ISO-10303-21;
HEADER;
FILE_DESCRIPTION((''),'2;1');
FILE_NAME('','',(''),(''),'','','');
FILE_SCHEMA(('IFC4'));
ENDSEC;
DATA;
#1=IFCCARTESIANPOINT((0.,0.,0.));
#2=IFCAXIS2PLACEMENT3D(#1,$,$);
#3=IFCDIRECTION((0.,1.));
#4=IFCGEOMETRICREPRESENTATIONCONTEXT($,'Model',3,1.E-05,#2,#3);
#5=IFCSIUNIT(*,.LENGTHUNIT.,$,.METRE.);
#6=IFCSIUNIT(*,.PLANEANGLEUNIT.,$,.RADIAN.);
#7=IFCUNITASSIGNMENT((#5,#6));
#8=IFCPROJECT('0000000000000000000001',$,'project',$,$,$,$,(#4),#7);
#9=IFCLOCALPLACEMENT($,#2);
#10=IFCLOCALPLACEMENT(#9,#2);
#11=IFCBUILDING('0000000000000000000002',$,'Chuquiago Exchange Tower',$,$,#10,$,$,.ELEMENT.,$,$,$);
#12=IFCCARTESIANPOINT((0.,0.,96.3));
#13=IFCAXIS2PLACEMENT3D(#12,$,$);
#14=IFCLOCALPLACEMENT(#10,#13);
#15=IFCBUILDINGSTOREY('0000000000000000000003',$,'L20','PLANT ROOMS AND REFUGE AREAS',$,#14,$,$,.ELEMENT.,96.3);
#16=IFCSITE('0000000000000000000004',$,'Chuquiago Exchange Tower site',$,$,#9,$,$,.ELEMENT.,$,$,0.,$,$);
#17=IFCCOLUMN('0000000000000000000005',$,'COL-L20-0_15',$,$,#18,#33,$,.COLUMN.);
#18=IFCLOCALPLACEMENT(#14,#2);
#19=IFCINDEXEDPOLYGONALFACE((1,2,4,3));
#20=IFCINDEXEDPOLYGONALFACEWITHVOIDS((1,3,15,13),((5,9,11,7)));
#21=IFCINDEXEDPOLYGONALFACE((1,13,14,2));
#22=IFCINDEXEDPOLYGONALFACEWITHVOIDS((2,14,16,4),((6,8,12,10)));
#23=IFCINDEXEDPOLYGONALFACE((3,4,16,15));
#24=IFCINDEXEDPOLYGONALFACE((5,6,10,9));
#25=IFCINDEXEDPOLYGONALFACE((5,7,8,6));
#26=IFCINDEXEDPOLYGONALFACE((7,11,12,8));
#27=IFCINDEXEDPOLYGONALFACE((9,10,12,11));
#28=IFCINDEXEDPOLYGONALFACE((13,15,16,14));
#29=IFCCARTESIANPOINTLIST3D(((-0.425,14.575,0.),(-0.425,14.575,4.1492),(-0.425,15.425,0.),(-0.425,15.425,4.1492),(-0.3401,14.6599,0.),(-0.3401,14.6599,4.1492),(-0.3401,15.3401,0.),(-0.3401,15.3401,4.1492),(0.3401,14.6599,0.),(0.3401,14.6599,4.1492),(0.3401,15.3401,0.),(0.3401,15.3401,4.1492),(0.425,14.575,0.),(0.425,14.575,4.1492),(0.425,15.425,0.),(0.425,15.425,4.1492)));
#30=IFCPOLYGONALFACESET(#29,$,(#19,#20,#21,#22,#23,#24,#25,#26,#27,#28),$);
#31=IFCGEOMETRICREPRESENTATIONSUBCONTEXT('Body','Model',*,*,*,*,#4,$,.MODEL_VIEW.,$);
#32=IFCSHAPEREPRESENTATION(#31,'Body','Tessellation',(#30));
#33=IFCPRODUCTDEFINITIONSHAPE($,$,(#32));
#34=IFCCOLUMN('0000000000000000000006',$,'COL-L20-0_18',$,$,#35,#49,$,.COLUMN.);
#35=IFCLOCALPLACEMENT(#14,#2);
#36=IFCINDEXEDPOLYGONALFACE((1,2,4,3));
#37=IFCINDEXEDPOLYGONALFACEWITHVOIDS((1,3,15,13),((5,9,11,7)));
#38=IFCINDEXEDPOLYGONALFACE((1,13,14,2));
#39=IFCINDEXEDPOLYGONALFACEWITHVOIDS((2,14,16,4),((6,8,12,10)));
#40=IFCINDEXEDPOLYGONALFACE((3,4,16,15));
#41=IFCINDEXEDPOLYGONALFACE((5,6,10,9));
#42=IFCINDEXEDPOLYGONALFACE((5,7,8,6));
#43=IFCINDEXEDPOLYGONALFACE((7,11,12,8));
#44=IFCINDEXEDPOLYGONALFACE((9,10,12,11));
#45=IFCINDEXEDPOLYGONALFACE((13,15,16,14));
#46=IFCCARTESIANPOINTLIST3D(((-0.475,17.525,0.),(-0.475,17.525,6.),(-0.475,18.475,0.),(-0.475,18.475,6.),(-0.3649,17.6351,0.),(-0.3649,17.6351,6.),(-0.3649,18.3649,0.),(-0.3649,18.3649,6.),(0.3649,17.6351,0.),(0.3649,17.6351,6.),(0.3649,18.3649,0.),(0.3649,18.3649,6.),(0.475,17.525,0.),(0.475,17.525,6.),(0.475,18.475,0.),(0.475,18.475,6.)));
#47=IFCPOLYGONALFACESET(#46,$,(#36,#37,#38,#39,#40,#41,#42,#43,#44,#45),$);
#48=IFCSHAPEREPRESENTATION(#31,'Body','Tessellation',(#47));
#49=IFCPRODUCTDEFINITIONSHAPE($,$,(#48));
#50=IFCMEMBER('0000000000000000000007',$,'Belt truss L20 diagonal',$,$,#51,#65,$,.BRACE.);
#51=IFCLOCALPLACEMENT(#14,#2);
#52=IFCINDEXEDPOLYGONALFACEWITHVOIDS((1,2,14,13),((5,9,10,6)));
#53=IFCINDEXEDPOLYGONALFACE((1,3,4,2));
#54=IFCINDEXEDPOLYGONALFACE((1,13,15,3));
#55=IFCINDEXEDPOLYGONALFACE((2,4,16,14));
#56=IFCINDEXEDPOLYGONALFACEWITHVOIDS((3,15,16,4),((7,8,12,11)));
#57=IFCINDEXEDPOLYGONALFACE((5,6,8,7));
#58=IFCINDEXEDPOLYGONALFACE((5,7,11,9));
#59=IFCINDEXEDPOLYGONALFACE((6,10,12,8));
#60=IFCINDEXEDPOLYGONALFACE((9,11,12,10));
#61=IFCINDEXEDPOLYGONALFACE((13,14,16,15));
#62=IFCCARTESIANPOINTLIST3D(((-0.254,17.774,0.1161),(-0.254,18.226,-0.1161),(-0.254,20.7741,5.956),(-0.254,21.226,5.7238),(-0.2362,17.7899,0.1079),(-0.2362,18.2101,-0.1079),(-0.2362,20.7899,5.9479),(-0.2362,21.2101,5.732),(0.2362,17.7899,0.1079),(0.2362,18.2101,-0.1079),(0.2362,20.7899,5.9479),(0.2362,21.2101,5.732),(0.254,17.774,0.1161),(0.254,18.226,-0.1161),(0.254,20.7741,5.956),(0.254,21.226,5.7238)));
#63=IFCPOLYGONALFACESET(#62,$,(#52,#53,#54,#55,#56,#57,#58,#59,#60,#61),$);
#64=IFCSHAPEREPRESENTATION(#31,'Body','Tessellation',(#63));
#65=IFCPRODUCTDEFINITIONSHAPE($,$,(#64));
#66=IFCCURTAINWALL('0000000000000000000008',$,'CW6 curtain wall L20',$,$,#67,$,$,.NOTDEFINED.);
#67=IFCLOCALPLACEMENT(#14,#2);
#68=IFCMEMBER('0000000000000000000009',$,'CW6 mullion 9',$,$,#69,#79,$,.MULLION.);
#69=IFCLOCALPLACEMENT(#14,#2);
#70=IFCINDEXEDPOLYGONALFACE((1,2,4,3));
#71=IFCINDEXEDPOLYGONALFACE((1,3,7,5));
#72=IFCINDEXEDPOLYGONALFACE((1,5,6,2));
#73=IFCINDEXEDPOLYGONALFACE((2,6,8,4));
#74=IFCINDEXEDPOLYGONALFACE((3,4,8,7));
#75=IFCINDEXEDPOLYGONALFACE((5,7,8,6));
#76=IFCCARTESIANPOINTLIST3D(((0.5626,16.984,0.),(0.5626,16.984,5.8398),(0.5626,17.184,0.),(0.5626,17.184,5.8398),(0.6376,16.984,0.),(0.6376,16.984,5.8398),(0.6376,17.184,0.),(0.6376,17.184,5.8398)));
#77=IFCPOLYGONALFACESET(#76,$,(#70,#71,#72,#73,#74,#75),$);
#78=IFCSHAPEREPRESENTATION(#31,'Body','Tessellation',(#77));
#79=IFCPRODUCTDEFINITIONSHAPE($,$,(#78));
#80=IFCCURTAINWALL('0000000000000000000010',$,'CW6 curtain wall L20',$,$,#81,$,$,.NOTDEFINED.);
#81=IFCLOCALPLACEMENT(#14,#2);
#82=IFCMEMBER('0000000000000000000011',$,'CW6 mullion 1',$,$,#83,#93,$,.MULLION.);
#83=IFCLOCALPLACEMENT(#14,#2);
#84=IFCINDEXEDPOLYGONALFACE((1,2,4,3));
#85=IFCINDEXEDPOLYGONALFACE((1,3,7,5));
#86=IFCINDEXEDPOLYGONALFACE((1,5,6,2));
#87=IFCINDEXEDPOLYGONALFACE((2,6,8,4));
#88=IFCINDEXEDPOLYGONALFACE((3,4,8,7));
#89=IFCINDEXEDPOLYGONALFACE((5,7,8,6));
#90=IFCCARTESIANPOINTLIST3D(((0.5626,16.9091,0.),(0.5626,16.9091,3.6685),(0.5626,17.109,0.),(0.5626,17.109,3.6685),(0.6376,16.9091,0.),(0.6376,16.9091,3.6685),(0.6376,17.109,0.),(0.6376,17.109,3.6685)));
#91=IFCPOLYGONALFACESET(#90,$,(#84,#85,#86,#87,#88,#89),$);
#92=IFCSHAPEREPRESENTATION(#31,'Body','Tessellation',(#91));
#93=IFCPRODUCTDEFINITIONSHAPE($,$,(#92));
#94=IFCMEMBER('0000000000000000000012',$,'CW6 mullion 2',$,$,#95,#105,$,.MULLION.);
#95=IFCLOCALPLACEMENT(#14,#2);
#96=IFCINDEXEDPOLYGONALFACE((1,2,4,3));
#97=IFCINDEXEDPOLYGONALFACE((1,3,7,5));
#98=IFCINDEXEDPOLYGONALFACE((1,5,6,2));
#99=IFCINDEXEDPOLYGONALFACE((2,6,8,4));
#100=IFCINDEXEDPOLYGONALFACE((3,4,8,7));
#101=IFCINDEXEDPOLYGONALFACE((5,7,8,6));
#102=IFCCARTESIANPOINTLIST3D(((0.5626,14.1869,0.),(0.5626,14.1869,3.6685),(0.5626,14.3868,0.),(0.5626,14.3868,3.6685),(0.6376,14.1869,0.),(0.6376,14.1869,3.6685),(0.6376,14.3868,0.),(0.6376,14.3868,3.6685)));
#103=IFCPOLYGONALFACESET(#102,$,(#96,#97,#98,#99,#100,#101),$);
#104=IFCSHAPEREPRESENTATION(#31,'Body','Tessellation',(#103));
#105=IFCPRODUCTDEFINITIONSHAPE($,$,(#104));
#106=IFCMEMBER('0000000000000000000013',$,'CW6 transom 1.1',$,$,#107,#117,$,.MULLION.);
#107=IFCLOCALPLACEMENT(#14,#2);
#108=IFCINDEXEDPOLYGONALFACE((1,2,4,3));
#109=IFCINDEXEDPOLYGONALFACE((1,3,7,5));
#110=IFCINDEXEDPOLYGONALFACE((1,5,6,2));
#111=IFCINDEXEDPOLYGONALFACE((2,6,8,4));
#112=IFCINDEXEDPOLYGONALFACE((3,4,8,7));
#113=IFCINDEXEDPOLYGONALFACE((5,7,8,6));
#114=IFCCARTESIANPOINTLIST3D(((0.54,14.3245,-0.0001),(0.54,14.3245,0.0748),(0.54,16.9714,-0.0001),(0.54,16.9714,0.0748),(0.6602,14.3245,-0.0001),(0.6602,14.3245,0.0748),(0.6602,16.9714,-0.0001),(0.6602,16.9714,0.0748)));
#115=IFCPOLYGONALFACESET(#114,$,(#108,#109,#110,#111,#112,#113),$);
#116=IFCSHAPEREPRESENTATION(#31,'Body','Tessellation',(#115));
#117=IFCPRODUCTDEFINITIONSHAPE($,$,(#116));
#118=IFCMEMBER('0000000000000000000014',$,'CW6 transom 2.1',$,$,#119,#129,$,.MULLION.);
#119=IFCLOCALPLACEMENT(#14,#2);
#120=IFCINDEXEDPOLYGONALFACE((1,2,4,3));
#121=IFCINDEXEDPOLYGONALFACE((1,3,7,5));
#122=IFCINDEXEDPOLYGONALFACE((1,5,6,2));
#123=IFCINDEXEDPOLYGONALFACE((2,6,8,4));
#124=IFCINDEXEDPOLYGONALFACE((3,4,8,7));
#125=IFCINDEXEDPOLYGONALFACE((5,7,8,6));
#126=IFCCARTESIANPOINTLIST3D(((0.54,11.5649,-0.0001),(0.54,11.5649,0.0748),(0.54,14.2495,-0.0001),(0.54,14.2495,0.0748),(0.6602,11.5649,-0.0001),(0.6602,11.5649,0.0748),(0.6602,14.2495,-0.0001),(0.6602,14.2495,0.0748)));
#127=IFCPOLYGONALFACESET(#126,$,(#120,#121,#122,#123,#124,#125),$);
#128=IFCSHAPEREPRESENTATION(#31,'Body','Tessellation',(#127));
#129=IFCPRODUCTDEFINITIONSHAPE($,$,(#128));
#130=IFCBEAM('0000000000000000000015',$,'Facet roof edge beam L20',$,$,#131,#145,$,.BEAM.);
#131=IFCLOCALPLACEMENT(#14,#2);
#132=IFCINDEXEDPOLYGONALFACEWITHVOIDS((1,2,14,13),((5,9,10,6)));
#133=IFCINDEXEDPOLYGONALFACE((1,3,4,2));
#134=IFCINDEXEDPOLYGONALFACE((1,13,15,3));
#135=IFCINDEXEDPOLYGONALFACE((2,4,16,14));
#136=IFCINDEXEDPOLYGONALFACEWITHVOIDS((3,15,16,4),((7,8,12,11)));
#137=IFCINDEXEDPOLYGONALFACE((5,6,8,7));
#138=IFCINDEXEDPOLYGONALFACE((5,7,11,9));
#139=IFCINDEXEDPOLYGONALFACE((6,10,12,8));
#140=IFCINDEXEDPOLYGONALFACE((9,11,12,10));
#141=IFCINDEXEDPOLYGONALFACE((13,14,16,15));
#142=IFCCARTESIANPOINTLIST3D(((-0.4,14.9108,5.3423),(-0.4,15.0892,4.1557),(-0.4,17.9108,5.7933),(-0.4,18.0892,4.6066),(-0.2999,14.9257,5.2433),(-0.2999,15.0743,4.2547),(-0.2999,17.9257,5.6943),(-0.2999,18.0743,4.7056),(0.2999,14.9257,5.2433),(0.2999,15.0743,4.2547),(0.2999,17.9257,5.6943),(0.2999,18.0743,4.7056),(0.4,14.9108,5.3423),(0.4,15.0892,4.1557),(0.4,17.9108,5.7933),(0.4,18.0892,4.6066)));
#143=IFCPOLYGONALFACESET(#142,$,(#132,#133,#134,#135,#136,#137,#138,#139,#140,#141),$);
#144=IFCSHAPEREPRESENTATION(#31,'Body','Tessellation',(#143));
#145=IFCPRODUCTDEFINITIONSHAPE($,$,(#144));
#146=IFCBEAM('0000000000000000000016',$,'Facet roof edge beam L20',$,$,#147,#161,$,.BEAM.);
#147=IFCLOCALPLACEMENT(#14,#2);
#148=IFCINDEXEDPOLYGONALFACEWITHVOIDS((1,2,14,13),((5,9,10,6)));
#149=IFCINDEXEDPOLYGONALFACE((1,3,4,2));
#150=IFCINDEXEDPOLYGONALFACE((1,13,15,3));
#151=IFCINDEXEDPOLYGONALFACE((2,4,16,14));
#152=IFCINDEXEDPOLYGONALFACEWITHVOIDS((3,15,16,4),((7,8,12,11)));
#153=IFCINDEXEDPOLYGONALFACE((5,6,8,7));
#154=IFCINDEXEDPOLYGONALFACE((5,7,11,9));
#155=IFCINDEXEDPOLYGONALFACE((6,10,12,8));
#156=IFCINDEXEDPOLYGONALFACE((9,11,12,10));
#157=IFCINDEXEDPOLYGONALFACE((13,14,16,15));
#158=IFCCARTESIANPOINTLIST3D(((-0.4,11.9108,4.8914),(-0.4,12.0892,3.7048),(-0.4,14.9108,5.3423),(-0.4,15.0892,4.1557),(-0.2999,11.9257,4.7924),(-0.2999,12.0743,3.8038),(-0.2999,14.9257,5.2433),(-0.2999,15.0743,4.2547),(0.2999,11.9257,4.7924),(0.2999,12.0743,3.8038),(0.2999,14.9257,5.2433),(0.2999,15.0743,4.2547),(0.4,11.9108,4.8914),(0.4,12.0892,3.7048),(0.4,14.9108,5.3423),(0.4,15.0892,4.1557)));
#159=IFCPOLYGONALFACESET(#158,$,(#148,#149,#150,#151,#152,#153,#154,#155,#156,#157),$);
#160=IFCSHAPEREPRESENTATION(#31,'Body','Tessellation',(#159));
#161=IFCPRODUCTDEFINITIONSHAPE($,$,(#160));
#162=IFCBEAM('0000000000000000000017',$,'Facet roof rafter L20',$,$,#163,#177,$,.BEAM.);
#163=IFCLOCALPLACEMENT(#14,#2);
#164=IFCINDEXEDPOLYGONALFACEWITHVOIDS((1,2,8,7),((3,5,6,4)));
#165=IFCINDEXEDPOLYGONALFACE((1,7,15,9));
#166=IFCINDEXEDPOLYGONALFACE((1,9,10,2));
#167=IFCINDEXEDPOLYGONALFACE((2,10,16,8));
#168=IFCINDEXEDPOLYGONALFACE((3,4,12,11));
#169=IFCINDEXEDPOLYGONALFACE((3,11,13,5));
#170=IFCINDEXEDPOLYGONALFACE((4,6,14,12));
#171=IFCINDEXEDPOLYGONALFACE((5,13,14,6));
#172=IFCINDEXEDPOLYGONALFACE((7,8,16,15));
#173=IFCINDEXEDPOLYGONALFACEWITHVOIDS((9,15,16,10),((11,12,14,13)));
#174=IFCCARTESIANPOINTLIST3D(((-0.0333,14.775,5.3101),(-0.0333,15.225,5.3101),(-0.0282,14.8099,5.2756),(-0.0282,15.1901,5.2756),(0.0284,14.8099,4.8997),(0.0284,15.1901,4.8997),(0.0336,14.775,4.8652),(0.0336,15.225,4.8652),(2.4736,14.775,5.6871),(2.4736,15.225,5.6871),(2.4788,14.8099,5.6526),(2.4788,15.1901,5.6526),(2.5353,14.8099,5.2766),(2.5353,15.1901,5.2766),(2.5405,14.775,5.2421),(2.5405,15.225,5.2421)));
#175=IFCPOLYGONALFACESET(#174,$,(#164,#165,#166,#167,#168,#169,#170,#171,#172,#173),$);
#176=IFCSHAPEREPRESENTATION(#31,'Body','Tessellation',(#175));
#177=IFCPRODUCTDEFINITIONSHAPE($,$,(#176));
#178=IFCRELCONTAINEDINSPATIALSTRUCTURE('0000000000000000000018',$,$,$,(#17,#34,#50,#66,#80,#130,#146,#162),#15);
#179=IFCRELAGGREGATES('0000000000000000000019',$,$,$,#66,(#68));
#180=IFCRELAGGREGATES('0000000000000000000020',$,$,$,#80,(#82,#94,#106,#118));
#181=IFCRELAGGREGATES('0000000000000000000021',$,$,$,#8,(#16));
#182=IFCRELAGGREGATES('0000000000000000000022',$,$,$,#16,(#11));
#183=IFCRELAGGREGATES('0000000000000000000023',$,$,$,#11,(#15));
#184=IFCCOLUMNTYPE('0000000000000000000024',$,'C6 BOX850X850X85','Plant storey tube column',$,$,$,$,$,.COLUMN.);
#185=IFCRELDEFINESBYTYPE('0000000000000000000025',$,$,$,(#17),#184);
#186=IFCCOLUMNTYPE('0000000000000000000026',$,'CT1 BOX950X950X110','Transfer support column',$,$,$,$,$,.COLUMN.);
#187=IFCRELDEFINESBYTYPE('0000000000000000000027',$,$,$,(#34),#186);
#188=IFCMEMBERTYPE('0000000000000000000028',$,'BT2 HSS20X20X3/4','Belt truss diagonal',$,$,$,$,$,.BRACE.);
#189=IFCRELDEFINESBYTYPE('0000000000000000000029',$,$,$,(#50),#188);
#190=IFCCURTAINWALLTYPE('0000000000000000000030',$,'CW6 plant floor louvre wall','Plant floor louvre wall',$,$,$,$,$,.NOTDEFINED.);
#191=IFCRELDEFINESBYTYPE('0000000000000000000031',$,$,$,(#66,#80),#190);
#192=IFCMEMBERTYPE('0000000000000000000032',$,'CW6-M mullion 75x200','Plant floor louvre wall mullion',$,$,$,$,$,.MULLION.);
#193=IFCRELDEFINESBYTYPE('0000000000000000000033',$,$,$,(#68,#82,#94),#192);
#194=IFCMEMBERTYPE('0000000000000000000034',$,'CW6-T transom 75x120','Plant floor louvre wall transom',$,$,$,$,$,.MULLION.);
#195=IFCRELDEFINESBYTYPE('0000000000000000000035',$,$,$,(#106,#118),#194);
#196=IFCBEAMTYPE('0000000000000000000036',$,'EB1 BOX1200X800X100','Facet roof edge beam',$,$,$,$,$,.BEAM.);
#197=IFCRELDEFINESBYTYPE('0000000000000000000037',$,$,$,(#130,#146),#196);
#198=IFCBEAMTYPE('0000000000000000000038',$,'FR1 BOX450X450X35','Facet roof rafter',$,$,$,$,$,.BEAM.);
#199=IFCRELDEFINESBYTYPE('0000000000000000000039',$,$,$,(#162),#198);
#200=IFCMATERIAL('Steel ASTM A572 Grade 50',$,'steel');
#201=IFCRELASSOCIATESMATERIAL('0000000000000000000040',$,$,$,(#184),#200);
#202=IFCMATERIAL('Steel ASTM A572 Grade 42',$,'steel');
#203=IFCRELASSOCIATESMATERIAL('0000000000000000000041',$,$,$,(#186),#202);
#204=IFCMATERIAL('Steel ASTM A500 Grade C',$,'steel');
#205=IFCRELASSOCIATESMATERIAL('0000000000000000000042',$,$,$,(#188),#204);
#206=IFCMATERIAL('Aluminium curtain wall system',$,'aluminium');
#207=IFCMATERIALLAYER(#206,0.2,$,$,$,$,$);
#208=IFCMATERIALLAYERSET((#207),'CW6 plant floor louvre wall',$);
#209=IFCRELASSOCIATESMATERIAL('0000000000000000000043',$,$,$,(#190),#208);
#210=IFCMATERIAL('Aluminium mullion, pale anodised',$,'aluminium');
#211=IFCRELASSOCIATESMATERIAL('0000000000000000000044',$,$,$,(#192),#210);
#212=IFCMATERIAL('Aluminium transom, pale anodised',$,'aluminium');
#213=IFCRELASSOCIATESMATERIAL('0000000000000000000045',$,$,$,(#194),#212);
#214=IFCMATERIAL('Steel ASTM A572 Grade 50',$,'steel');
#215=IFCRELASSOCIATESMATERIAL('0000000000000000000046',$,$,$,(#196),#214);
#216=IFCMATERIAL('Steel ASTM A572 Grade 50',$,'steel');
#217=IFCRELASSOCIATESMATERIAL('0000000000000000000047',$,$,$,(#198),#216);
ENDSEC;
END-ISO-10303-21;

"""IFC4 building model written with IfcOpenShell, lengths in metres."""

from ifc_helpers import new_model, si_unit, direction, frame, origin, origin_2d, place, context, subcontext, project, spatial, rectangle, hollow_rectangle, extrude, material, layer, layer_set, material_profile, profile_set, type_object, element, aggregate, save


model = new_model("IFC4")

# Units and contexts
model_context = context("Model", 3, precision=1e-05, world=origin(), true_north=direction((0.0, 1.0)))
body_context = subcontext(model_context, "Body", "Model", "MODEL_VIEW")
ifc_project = project(units=[si_unit("LENGTHUNIT", "METRE"), si_unit("PLANEANGLEUNIT", "RADIAN")], contexts=[model_context])

# Site, building, storey
site_placement = place(None, origin())
site = spatial("IfcSite", under=ifc_project, at=site_placement, Name="Chuquiago Exchange Tower site", CompositionType="ELEMENT", RefElevation=0.0)
building_placement = place(site_placement, origin())
building = spatial("IfcBuilding", under=site, at=building_placement, Name="Chuquiago Exchange Tower", CompositionType="ELEMENT")
storey_placement = place(building_placement, frame((0.0, 0.0, 96.3)))
storey = spatial("IfcBuildingStorey", under=building, at=storey_placement, Name="L20", Description="PLANT ROOMS AND REFUGE AREAS", CompositionType="ELEMENT", Elevation=96.3)

# Columns
ifc_material_1 = material(Name="Steel ASTM A572 Grade 50", Category="steel")
ifc_material_profile_1 = material_profile(ifc_material_1, hollow_rectangle(XDim=0.8501, YDim=0.8501, WallThickness=0.085, at=origin_2d()), Name="BOX850X850X85")
ifc_profile_set_1 = profile_set([ifc_material_profile_1], Name="Steel ASTM A572 Grade 50")
column_type_1 = type_object("IfcColumnType", Name="C6 BOX850X850X85", Description="Plant storey tube column", PredefinedType="COLUMN", material=ifc_profile_set_1)
column_1_placement = place(storey_placement, frame((0.0, 15.0, 0.0), z_axis=(0.0, 0.0, 1.0), x_axis=(-1.0, 0.0, 0.0)))
element("IfcColumn", 1, at=column_1_placement, inside=storey, type_object=column_type_1, Name="COL-L20-0_15", PredefinedType="COLUMN", context=body_context, shape_type="SweptSolid", body=[
    extrude(hollow_rectangle(XDim=0.8501, YDim=0.8501, WallThickness=0.085, at=origin_2d()), origin(), (0.0, 0.0, 1.0), 4.1492),
])
ifc_material_2 = material(Name="Steel ASTM A572 Grade 42", Category="steel")
ifc_material_profile_2 = material_profile(ifc_material_2, hollow_rectangle(XDim=0.95, YDim=0.95, WallThickness=0.1101, at=origin_2d()), Name="BOX950X950X110")
ifc_profile_set_2 = profile_set([ifc_material_profile_2], Name="Steel ASTM A572 Grade 42")
column_type_2 = type_object("IfcColumnType", Name="CT1 BOX950X950X110", Description="Transfer support column", PredefinedType="COLUMN", material=ifc_profile_set_2)
column_2_placement = place(storey_placement, frame((0.0, 18.0, 0.0), z_axis=(0.0, 0.0, 1.0), x_axis=(-1.0, 0.0, 0.0)))
element("IfcColumn", 2, at=column_2_placement, inside=storey, type_object=column_type_2, Name="COL-L20-0_18", PredefinedType="COLUMN", context=body_context, shape_type="SweptSolid", body=[
    extrude(hollow_rectangle(XDim=0.95, YDim=0.95, WallThickness=0.1101, at=origin_2d()), origin(), (0.0, 0.0, 1.0), 6.0),
])

# Member
ifc_material_3 = material(Name="Steel ASTM A500 Grade C", Category="steel")
ifc_material_profile_3 = material_profile(ifc_material_3, hollow_rectangle(XDim=0.5081, YDim=0.5081, WallThickness=0.0178, at=origin_2d()), Name="HSS20X20X3/4")
ifc_profile_set_3 = profile_set([ifc_material_profile_3], Name="Steel ASTM A500 Grade C")
member_type_1 = type_object("IfcMemberType", Name="BT2 HSS20X20X3/4", Description="Belt truss diagonal", PredefinedType="BRACE", material=ifc_profile_set_3)
member_1_placement = place(storey_placement, frame((0.0, 18.0, 0.0), z_axis=(0.0, 0.456945, 0.889495), x_axis=(-1.0, 0.0, 0.0)))
element("IfcMember", 3, at=member_1_placement, inside=storey, type_object=member_type_1, Name="Belt truss L20 diagonal", PredefinedType="BRACE", context=body_context, shape_type="SweptSolid", body=[
    extrude(hollow_rectangle(XDim=0.5081, YDim=0.5081, WallThickness=0.0178, at=origin_2d()), origin(), (0.0, 0.0, 1.0), 6.5654),
])

# Curtain wall, member
ifc_material_4 = material(Name="Aluminium curtain wall system", Category="aluminium")
ifc_layer_1 = layer(ifc_material_4, 0.2)
ifc_layer_set_1 = layer_set([ifc_layer_1], Name="CW6 plant floor louvre wall")
curtain_wall_type = type_object("IfcCurtainWallType", Name="CW6 plant floor louvre wall", Description="Plant floor louvre wall", PredefinedType="NOTDEFINED", material=ifc_layer_set_1)
curtain_wall_1_placement = place(storey_placement, origin())
curtain_wall_1 = element("IfcCurtainWall", 4, at=curtain_wall_1_placement, inside=storey, type_object=curtain_wall_type, Name="CW6 curtain wall L20", PredefinedType="NOTDEFINED")
ifc_material_5 = material(Name="Aluminium mullion, pale anodised", Category="aluminium")
ifc_material_profile_4 = material_profile(ifc_material_5, rectangle(XDim=0.075, YDim=0.2, at=origin_2d()), Name="AL 75x200")
ifc_profile_set_4 = profile_set([ifc_material_profile_4], Name="Aluminium mullion, pale anodised")
member_type_2 = type_object("IfcMemberType", Name="CW6-M mullion 75x200", Description="Plant floor louvre wall mullion", PredefinedType="MULLION", material=ifc_profile_set_4)
member_2_placement = place(storey_placement, frame((0.6001, 17.084, 0.0), z_axis=(0.0, 0.0, 1.0), x_axis=(1.0, 0.0, 0.0)))
member_2 = element("IfcMember", 5, at=member_2_placement, type_object=member_type_2, Name="CW6 mullion 9", PredefinedType="MULLION", context=body_context, shape_type="SweptSolid", body=[
    extrude(rectangle(XDim=0.075, YDim=0.2, at=origin_2d()), origin(), (0.0, 0.0, 1.0), 5.8398),
])
aggregate(curtain_wall_1, [member_2])

# Curtain wall, members
curtain_wall_2_placement = place(storey_placement, origin())
curtain_wall_2 = element("IfcCurtainWall", 6, at=curtain_wall_2_placement, inside=storey, type_object=curtain_wall_type, Name="CW6 curtain wall L20", PredefinedType="NOTDEFINED")
member_3_placement = place(storey_placement, frame((0.6001, 17.009, 0.0), z_axis=(0.0, 0.0, 1.0), x_axis=(1.0, 0.0, 0.0)))
member_3 = element("IfcMember", 7, at=member_3_placement, type_object=member_type_2, Name="CW6 mullion 1", PredefinedType="MULLION", context=body_context, shape_type="SweptSolid", body=[
    extrude(rectangle(XDim=0.075, YDim=0.2, at=origin_2d()), origin(), (0.0, 0.0, 1.0), 3.6685),
])
member_4_placement = place(storey_placement, frame((0.6001, 14.2869, 0.0), z_axis=(0.0, 0.0, 1.0), x_axis=(1.0, 0.0, 0.0)))
member_4 = element("IfcMember", 8, at=member_4_placement, type_object=member_type_2, Name="CW6 mullion 2", PredefinedType="MULLION", context=body_context, shape_type="SweptSolid", body=[
    extrude(rectangle(XDim=0.075, YDim=0.2, at=origin_2d()), origin(), (0.0, 0.0, 1.0), 3.6685),
])
ifc_material_6 = material(Name="Aluminium transom, pale anodised", Category="aluminium")
ifc_material_profile_5 = material_profile(ifc_material_6, rectangle(XDim=0.1201, YDim=0.075, at=origin_2d()), Name="AL 120x75")
ifc_profile_set_5 = profile_set([ifc_material_profile_5], Name="Aluminium transom, pale anodised")
member_type_3 = type_object("IfcMemberType", Name="CW6-T transom 75x120", Description="Plant floor louvre wall transom", PredefinedType="MULLION", material=ifc_profile_set_5)
member_5_placement = place(storey_placement, frame((0.6001, 16.9714, 0.0374), z_axis=(0.0, -1.0, 0.0), x_axis=(1.0, 0.0, 0.0)))
member_5 = element("IfcMember", 9, at=member_5_placement, type_object=member_type_3, Name="CW6 transom 1.1", PredefinedType="MULLION", context=body_context, shape_type="SweptSolid", body=[
    extrude(rectangle(XDim=0.1201, YDim=0.075, at=origin_2d()), origin(), (0.0, 0.0, 1.0), 2.647),
])
member_6_placement = place(storey_placement, frame((0.6001, 14.2495, 0.0374), z_axis=(0.0, -1.0, 0.0), x_axis=(1.0, 0.0, 0.0)))
member_6 = element("IfcMember", 10, at=member_6_placement, type_object=member_type_3, Name="CW6 transom 2.1", PredefinedType="MULLION", context=body_context, shape_type="SweptSolid", body=[
    extrude(rectangle(XDim=0.1201, YDim=0.075, at=origin_2d()), origin(), (0.0, 0.0, 1.0), 2.6846),
])

# Beams
ifc_material_7 = material(Name="Steel ASTM A572 Grade 50", Category="steel")
ifc_material_profile_6 = material_profile(ifc_material_7, hollow_rectangle(XDim=0.8, YDim=1.2, WallThickness=0.1001, at=origin_2d()), Name="BOX1200X800X100")
ifc_profile_set_6 = profile_set([ifc_material_profile_6], Name="Steel ASTM A572 Grade 50")
beam_type_1 = type_object("IfcBeamType", Name="EB1 BOX1200X800X100", Description="Facet roof edge beam", PredefinedType="BEAM", material=ifc_profile_set_6)
for number, where, z_axis, x_axis, name in (
    (11, (0.0, 18.0, 5.2), (0.0, -0.988891, -0.14864), (1.0, 0.0, 0.0), "Facet roof edge beam L20"),
    (12, (0.0, 15.0, 4.749), (0.0, -0.988891, -0.14864), (1.0, 0.0, 0.0), "Facet roof edge beam L20"),
):
    element("IfcBeam", number, at=place(storey_placement, frame(where, z_axis=z_axis, x_axis=x_axis)), inside=storey, type_object=beam_type_1, Name=name, PredefinedType="BEAM", context=body_context, shape_type="SweptSolid", body=[
        extrude(hollow_rectangle(XDim=0.8, YDim=1.2, WallThickness=0.1001, at=origin_2d()), origin(), (0.0, 0.0, 1.0), 3.0337),
    ])
ifc_material_8 = material(Name="Steel ASTM A572 Grade 50", Category="steel")
ifc_material_profile_7 = material_profile(ifc_material_8, hollow_rectangle(XDim=0.45, YDim=0.45, WallThickness=0.0349, at=origin_2d()), Name="BOX450X450X35")
ifc_profile_set_7 = profile_set([ifc_material_profile_7], Name="Steel ASTM A572 Grade 50")
beam_type_2 = type_object("IfcBeamType", Name="FR1 BOX450X450X35", Description="Facet roof rafter", PredefinedType="BEAM", material=ifc_profile_set_7)
beam_1_placement = place(storey_placement, frame((2.5071, 15.0, 5.4646), z_axis=(-0.988885, 0.0, -0.148684), x_axis=(0.0, -1.0, 0.0)))
element("IfcBeam", 13, at=beam_1_placement, inside=storey, type_object=beam_type_2, Name="Facet roof rafter L20", PredefinedType="BEAM", context=body_context, shape_type="SweptSolid", body=[
    extrude(hollow_rectangle(XDim=0.45, YDim=0.45, WallThickness=0.0349, at=origin_2d()), origin(), (0.0, 0.0, 1.0), 2.5352),
])

aggregate(curtain_wall_2, [member_3, member_4, member_5, member_6])

save(model, "model.ifc")
